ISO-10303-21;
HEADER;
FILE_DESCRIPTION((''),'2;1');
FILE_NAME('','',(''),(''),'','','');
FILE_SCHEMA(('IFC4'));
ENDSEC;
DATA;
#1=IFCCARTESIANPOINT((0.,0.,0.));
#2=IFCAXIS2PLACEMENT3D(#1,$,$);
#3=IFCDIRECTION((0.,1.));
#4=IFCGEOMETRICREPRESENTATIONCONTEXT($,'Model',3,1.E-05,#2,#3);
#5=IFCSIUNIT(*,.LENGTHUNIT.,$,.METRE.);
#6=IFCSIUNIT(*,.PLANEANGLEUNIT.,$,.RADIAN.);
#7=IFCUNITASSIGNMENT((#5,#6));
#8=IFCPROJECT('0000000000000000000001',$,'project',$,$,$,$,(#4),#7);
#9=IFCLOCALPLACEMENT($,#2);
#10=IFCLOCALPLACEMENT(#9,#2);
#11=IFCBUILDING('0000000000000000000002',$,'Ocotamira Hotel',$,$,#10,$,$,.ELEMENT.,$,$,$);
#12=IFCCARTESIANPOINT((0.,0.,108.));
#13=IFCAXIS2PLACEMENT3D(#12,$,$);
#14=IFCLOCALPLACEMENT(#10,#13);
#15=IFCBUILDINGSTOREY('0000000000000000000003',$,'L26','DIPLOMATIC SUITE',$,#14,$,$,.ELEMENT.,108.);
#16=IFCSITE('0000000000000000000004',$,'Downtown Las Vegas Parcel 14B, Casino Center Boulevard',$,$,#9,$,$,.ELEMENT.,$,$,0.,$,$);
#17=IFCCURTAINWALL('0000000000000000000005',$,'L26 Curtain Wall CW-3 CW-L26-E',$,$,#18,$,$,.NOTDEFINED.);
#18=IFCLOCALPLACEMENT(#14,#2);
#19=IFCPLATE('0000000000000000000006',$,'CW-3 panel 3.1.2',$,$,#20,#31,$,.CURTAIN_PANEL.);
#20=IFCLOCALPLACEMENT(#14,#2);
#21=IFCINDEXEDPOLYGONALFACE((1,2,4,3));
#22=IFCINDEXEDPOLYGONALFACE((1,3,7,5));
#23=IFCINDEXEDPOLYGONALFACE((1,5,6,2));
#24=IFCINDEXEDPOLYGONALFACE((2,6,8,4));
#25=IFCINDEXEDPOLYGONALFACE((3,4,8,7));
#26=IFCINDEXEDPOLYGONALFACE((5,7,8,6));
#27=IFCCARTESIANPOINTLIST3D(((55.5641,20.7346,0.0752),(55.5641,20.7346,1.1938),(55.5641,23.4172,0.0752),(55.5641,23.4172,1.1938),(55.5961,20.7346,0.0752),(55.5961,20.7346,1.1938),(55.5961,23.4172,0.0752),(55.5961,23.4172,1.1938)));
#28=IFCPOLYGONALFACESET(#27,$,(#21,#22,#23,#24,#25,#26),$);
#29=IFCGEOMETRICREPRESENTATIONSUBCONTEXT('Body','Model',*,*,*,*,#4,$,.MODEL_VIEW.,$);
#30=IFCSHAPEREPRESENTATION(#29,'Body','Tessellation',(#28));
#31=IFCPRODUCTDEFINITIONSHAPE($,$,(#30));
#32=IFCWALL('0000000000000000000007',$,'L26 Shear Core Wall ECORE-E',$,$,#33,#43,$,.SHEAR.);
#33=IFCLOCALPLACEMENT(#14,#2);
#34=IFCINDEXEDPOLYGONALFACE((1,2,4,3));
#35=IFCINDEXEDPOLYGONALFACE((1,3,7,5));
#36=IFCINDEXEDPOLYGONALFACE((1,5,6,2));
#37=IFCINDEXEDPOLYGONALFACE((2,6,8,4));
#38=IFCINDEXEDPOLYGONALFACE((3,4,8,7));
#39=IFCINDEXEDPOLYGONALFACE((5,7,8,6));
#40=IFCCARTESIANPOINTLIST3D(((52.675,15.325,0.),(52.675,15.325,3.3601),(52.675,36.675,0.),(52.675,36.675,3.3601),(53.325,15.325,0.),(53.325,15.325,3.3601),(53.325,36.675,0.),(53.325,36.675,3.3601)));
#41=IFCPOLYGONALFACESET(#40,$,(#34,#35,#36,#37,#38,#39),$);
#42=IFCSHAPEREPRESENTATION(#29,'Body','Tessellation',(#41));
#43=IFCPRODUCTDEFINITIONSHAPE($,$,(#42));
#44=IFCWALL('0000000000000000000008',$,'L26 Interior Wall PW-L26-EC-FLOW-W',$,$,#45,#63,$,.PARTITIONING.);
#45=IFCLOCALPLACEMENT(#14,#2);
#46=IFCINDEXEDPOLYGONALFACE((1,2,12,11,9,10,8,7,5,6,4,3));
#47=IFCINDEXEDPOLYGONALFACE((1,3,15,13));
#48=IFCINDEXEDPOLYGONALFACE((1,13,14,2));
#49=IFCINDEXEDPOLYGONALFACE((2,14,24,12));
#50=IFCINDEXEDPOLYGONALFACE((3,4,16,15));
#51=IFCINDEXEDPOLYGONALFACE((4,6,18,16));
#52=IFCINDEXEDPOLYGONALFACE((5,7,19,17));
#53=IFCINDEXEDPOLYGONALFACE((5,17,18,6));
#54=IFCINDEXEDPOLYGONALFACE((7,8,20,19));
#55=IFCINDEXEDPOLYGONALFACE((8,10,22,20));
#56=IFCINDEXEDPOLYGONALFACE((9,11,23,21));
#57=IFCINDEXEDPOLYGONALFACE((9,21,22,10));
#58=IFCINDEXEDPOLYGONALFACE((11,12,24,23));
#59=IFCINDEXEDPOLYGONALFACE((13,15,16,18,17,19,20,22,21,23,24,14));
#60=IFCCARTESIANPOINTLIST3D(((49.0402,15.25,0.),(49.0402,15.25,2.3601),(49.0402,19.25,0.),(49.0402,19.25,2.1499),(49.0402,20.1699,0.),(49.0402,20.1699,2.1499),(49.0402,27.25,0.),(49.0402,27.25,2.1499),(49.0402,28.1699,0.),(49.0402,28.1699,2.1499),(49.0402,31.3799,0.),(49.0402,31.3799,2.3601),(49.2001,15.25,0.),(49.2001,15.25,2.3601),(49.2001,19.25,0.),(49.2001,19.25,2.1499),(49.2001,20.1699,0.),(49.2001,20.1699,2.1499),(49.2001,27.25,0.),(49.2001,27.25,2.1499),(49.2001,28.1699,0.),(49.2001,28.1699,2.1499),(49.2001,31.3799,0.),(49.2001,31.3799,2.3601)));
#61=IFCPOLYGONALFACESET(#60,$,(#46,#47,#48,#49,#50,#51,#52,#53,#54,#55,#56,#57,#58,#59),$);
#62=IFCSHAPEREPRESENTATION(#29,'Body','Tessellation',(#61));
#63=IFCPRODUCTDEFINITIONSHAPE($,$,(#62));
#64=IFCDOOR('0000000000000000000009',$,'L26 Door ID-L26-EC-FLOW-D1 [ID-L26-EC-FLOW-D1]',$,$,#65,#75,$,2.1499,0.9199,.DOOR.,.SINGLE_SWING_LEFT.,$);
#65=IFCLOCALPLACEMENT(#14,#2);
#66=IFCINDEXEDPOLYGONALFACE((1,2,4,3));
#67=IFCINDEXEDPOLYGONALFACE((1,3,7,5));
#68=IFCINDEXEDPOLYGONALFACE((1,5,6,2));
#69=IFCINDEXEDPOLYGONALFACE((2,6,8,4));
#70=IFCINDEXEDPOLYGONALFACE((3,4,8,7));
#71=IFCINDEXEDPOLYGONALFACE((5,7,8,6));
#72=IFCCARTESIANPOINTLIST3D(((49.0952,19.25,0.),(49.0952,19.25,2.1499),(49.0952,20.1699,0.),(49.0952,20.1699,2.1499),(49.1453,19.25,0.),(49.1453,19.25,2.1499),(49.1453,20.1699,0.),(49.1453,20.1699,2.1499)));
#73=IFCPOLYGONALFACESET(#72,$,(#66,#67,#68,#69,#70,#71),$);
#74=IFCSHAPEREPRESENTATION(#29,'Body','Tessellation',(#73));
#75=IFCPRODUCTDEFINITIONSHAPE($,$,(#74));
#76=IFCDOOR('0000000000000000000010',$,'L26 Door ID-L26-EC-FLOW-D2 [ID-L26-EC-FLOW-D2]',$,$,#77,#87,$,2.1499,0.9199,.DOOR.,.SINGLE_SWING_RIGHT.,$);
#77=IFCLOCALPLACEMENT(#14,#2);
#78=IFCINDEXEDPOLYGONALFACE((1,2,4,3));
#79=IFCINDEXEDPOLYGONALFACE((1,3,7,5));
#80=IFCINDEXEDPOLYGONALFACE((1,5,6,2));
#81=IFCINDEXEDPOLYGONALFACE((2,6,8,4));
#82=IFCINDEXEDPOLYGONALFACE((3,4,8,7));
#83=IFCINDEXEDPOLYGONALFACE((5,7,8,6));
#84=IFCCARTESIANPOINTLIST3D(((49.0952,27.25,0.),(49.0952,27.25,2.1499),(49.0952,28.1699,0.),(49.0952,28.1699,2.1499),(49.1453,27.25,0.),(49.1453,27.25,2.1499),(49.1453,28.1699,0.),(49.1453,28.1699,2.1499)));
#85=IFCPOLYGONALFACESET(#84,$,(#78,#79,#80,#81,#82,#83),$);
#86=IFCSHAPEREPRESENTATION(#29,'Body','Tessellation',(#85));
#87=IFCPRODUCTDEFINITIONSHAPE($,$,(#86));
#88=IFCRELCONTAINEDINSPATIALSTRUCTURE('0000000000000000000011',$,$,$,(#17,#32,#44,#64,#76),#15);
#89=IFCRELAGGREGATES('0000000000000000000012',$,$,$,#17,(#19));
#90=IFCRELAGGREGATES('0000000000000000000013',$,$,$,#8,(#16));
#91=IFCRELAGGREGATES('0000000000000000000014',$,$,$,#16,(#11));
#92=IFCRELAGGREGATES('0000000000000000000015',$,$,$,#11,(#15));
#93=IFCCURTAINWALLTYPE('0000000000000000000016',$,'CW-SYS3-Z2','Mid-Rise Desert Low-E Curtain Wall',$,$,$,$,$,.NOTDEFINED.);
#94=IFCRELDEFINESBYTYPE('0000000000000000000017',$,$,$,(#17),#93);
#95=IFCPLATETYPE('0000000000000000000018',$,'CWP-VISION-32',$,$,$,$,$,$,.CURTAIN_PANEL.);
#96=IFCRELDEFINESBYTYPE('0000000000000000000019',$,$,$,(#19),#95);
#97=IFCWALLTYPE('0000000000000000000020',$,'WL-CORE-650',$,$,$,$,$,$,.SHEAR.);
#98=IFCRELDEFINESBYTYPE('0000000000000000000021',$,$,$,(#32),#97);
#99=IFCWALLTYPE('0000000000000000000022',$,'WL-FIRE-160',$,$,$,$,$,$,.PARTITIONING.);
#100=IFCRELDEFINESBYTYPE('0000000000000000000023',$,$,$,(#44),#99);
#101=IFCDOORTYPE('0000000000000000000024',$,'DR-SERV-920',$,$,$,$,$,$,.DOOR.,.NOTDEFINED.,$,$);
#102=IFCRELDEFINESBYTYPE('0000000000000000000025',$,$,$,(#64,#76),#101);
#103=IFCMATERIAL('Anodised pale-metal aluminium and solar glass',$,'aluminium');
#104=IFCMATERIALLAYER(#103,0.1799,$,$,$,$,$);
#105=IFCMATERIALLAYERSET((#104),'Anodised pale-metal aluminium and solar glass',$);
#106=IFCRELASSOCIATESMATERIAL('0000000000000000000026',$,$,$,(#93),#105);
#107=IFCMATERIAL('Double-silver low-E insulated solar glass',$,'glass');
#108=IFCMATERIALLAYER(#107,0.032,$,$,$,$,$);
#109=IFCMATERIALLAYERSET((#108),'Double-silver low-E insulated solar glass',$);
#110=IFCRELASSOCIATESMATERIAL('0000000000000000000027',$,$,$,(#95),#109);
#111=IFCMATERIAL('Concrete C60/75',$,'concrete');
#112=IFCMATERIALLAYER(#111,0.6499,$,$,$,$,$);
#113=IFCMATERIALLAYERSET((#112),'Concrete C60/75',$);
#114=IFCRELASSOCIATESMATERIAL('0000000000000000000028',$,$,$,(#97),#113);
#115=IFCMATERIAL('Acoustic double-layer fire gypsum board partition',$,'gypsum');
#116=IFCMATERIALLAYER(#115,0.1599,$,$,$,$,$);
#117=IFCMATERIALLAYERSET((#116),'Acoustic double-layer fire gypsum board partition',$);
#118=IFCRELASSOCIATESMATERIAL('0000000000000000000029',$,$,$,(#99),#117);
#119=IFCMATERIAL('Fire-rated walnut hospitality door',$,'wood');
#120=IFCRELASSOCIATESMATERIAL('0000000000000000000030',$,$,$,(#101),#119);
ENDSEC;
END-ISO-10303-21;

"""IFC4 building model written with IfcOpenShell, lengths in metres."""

from ifc_helpers import new_model, si_unit, direction, frame, frame_2d, origin, origin_2d, place, context, subcontext, project, spatial, rectangle, extrude, source, transform, mapped, material, layer, layer_set, type_object, element, fill, aggregate, save


model = new_model("IFC4")

# Units and contexts
model_context = context("Model", 3, precision=1e-05, world=origin(), true_north=direction((0.0, 1.0)))
body_context = subcontext(model_context, "Body", "Model", "MODEL_VIEW")
ifc_project = project(units=[si_unit("LENGTHUNIT", "METRE"), si_unit("PLANEANGLEUNIT", "RADIAN")], contexts=[model_context])

# Site, building, storey
site_placement = place(None, origin())
site = spatial("IfcSite", under=ifc_project, at=site_placement, Name="Downtown Las Vegas Parcel 14B, Casino Center Boulevard", CompositionType="ELEMENT", RefElevation=0.0)
building_placement = place(site_placement, origin())
building = spatial("IfcBuilding", under=site, at=building_placement, Name="Ocotamira Hotel", CompositionType="ELEMENT")
storey_placement = place(building_placement, frame((0.0, 0.0, 108.0)))
storey = spatial("IfcBuildingStorey", under=building, at=storey_placement, Name="L26", Description="DIPLOMATIC SUITE", CompositionType="ELEMENT", Elevation=108.0)

# Curtain wall
ifc_material_1 = material(Name="Anodised pale-metal aluminium and solar glass", Category="aluminium")
ifc_layer_1 = layer(ifc_material_1, 0.1799)
ifc_layer_set_1 = layer_set([ifc_layer_1], Name="Anodised pale-metal aluminium and solar glass")
curtain_wall_type = type_object("IfcCurtainWallType", Name="CW-SYS3-Z2", Description="Mid-Rise Desert Low-E Curtain Wall", PredefinedType="NOTDEFINED", material=ifc_layer_set_1)
curtain_wall_placement = place(storey_placement, origin())
curtain_wall = element("IfcCurtainWall", 1, at=curtain_wall_placement, inside=storey, type_object=curtain_wall_type, Name="L26 Curtain Wall CW-3 CW-L26-E", PredefinedType="NOTDEFINED")

# Plate
ifc_material_2 = material(Name="Double-silver low-E insulated solar glass", Category="glass")
ifc_layer_2 = layer(ifc_material_2, 0.032)
ifc_layer_set_2 = layer_set([ifc_layer_2], Name="Double-silver low-E insulated solar glass")
plate_type_1 = type_object("IfcPlateType", Name="CWP-VISION-32", PredefinedType="CURTAIN_PANEL", material=ifc_layer_set_2)
shared_shape_1 = source(origin(), body_context, "Body", "SweptSolid", [
    extrude(rectangle(XDim=2.6826, YDim=0.032, at=origin_2d()), origin(), (0.0, 0.0, 1.0), 1.1187),
])
plate_1_placement = place(storey_placement, frame((55.5801, 22.0759, 0.0752), z_axis=(0.0, 0.0, 1.0), x_axis=(0.0, 1.0, 0.0)))
plate_1 = element("IfcPlate", 2, at=plate_1_placement, type_object=plate_type_1, Name="CW-3 panel 3.1.2", PredefinedType="CURTAIN_PANEL", context=body_context, shape_type="MappedRepresentation", body=[
    mapped(shared_shape_1, transform((0.0, 0.0, 0.0), scale=1.0)),
])
aggregate(curtain_wall, [plate_1])

# Wall
ifc_material_3 = material(Name="Concrete C60/75", Category="concrete")
ifc_layer_3 = layer(ifc_material_3, 0.6499)
ifc_layer_set_3 = layer_set([ifc_layer_3], Name="Concrete C60/75")
wall_type_1 = type_object("IfcWallType", Name="WL-CORE-650", PredefinedType="SHEAR", material=ifc_layer_set_3)
wall_1_placement = place(storey_placement, frame((53.0, 15.325, 0.0), z_axis=(0.0, 0.0, 1.0), x_axis=(0.0, 1.0, 0.0)))
element("IfcWall", 3, at=wall_1_placement, inside=storey, type_object=wall_type_1, Name="L26 Shear Core Wall ECORE-E", PredefinedType="SHEAR", context=body_context, shape_type="SweptSolid", body=[
    extrude(rectangle(XDim=21.3501, YDim=0.6499, at=frame_2d((10.675, 0.0))), origin(), (0.0, 0.0, 1.0), 3.3601),
])

# Wall, openings, doors
ifc_material_4 = material(Name="Acoustic double-layer fire gypsum board partition", Category="gypsum")
ifc_layer_4 = layer(ifc_material_4, 0.1599)
ifc_layer_set_4 = layer_set([ifc_layer_4], Name="Acoustic double-layer fire gypsum board partition")
wall_type_2 = type_object("IfcWallType", Name="WL-FIRE-160", PredefinedType="PARTITIONING", material=ifc_layer_set_4)
wall_2_placement = place(storey_placement, frame((49.1201, 15.25, 0.0), z_axis=(0.0, 0.0, 1.0), x_axis=(0.0, 1.0, 0.0)))
wall_2 = element("IfcWall", 4, at=wall_2_placement, inside=storey, type_object=wall_type_2, Name="L26 Interior Wall PW-L26-EC-FLOW-W", PredefinedType="PARTITIONING", context=body_context, shape_type="SweptSolid", body=[
    extrude(rectangle(XDim=16.1299, YDim=0.1599, at=frame_2d((8.0649, 0.0))), origin(), (0.0, 0.0, 1.0), 2.3601),
])
opening_1_placement = place(wall_2_placement, frame((4.0, 0.0, 0.0)))
opening_1 = element("IfcOpeningElement", 5, at=opening_1_placement, cuts=wall_2, PredefinedType="OPENING", context=body_context, shape_type="SweptSolid", body=[
    extrude(rectangle(XDim=0.9199, YDim=2.1499, at=frame_2d((0.46, 1.075))), frame((0.0, 0.0898, 0.0), z_axis=(0.0, -1.0, 0.0), x_axis=(1.0, 0.0, 0.0)), (0.0, 0.0, 1.0), 0.1799),
])
opening_2_placement = place(wall_2_placement, frame((12.0, 0.0, 0.0)))
opening_2 = element("IfcOpeningElement", 6, at=opening_2_placement, cuts=wall_2, PredefinedType="OPENING", context=body_context, shape_type="SweptSolid", body=[
    extrude(rectangle(XDim=0.9199, YDim=2.1499, at=frame_2d((0.46, 1.075))), frame((0.0, 0.0898, 0.0), z_axis=(0.0, -1.0, 0.0), x_axis=(1.0, 0.0, 0.0)), (0.0, 0.0, 1.0), 0.1799),
])
ifc_material_5 = material(Name="Fire-rated walnut hospitality door", Category="wood")
door_type_1 = type_object("IfcDoorType", Name="DR-SERV-920", OperationType="NOTDEFINED", PredefinedType="DOOR", material=ifc_material_5)
shared_shape_2 = source(origin(), body_context, "Body", "SweptSolid", [
    extrude(rectangle(XDim=0.9199, YDim=2.1499, at=frame_2d((0.46, 1.075))), frame((0.0, 0.0249, 0.0), z_axis=(0.0, -1.0, 0.0), x_axis=(1.0, 0.0, 0.0)), (0.0, 0.0, 1.0), 0.05),
])
door_1_placement = place(opening_1_placement, origin())
door_1 = element("IfcDoor", 7, at=door_1_placement, inside=storey, type_object=door_type_1, Name="L26 Door ID-L26-EC-FLOW-D1 [ID-L26-EC-FLOW-D1]", OperationType="SINGLE_SWING_LEFT", OverallHeight=2.1499, OverallWidth=0.9199, PredefinedType="DOOR", context=body_context, shape_type="MappedRepresentation", body=[
    mapped(shared_shape_2, transform((0.0, 0.0, 0.0), scale=1.0)),
])
fill(opening_1, door_1)
door_2_placement = place(opening_2_placement, origin())
door_2 = element("IfcDoor", 8, at=door_2_placement, inside=storey, type_object=door_type_1, Name="L26 Door ID-L26-EC-FLOW-D2 [ID-L26-EC-FLOW-D2]", OperationType="SINGLE_SWING_RIGHT", OverallHeight=2.1499, OverallWidth=0.9199, PredefinedType="DOOR", context=body_context, shape_type="MappedRepresentation", body=[
    mapped(shared_shape_2, transform((0.0, 0.0, 0.0), scale=1.0)),
])
fill(opening_2, door_2)

save(model, "model.ifc")
